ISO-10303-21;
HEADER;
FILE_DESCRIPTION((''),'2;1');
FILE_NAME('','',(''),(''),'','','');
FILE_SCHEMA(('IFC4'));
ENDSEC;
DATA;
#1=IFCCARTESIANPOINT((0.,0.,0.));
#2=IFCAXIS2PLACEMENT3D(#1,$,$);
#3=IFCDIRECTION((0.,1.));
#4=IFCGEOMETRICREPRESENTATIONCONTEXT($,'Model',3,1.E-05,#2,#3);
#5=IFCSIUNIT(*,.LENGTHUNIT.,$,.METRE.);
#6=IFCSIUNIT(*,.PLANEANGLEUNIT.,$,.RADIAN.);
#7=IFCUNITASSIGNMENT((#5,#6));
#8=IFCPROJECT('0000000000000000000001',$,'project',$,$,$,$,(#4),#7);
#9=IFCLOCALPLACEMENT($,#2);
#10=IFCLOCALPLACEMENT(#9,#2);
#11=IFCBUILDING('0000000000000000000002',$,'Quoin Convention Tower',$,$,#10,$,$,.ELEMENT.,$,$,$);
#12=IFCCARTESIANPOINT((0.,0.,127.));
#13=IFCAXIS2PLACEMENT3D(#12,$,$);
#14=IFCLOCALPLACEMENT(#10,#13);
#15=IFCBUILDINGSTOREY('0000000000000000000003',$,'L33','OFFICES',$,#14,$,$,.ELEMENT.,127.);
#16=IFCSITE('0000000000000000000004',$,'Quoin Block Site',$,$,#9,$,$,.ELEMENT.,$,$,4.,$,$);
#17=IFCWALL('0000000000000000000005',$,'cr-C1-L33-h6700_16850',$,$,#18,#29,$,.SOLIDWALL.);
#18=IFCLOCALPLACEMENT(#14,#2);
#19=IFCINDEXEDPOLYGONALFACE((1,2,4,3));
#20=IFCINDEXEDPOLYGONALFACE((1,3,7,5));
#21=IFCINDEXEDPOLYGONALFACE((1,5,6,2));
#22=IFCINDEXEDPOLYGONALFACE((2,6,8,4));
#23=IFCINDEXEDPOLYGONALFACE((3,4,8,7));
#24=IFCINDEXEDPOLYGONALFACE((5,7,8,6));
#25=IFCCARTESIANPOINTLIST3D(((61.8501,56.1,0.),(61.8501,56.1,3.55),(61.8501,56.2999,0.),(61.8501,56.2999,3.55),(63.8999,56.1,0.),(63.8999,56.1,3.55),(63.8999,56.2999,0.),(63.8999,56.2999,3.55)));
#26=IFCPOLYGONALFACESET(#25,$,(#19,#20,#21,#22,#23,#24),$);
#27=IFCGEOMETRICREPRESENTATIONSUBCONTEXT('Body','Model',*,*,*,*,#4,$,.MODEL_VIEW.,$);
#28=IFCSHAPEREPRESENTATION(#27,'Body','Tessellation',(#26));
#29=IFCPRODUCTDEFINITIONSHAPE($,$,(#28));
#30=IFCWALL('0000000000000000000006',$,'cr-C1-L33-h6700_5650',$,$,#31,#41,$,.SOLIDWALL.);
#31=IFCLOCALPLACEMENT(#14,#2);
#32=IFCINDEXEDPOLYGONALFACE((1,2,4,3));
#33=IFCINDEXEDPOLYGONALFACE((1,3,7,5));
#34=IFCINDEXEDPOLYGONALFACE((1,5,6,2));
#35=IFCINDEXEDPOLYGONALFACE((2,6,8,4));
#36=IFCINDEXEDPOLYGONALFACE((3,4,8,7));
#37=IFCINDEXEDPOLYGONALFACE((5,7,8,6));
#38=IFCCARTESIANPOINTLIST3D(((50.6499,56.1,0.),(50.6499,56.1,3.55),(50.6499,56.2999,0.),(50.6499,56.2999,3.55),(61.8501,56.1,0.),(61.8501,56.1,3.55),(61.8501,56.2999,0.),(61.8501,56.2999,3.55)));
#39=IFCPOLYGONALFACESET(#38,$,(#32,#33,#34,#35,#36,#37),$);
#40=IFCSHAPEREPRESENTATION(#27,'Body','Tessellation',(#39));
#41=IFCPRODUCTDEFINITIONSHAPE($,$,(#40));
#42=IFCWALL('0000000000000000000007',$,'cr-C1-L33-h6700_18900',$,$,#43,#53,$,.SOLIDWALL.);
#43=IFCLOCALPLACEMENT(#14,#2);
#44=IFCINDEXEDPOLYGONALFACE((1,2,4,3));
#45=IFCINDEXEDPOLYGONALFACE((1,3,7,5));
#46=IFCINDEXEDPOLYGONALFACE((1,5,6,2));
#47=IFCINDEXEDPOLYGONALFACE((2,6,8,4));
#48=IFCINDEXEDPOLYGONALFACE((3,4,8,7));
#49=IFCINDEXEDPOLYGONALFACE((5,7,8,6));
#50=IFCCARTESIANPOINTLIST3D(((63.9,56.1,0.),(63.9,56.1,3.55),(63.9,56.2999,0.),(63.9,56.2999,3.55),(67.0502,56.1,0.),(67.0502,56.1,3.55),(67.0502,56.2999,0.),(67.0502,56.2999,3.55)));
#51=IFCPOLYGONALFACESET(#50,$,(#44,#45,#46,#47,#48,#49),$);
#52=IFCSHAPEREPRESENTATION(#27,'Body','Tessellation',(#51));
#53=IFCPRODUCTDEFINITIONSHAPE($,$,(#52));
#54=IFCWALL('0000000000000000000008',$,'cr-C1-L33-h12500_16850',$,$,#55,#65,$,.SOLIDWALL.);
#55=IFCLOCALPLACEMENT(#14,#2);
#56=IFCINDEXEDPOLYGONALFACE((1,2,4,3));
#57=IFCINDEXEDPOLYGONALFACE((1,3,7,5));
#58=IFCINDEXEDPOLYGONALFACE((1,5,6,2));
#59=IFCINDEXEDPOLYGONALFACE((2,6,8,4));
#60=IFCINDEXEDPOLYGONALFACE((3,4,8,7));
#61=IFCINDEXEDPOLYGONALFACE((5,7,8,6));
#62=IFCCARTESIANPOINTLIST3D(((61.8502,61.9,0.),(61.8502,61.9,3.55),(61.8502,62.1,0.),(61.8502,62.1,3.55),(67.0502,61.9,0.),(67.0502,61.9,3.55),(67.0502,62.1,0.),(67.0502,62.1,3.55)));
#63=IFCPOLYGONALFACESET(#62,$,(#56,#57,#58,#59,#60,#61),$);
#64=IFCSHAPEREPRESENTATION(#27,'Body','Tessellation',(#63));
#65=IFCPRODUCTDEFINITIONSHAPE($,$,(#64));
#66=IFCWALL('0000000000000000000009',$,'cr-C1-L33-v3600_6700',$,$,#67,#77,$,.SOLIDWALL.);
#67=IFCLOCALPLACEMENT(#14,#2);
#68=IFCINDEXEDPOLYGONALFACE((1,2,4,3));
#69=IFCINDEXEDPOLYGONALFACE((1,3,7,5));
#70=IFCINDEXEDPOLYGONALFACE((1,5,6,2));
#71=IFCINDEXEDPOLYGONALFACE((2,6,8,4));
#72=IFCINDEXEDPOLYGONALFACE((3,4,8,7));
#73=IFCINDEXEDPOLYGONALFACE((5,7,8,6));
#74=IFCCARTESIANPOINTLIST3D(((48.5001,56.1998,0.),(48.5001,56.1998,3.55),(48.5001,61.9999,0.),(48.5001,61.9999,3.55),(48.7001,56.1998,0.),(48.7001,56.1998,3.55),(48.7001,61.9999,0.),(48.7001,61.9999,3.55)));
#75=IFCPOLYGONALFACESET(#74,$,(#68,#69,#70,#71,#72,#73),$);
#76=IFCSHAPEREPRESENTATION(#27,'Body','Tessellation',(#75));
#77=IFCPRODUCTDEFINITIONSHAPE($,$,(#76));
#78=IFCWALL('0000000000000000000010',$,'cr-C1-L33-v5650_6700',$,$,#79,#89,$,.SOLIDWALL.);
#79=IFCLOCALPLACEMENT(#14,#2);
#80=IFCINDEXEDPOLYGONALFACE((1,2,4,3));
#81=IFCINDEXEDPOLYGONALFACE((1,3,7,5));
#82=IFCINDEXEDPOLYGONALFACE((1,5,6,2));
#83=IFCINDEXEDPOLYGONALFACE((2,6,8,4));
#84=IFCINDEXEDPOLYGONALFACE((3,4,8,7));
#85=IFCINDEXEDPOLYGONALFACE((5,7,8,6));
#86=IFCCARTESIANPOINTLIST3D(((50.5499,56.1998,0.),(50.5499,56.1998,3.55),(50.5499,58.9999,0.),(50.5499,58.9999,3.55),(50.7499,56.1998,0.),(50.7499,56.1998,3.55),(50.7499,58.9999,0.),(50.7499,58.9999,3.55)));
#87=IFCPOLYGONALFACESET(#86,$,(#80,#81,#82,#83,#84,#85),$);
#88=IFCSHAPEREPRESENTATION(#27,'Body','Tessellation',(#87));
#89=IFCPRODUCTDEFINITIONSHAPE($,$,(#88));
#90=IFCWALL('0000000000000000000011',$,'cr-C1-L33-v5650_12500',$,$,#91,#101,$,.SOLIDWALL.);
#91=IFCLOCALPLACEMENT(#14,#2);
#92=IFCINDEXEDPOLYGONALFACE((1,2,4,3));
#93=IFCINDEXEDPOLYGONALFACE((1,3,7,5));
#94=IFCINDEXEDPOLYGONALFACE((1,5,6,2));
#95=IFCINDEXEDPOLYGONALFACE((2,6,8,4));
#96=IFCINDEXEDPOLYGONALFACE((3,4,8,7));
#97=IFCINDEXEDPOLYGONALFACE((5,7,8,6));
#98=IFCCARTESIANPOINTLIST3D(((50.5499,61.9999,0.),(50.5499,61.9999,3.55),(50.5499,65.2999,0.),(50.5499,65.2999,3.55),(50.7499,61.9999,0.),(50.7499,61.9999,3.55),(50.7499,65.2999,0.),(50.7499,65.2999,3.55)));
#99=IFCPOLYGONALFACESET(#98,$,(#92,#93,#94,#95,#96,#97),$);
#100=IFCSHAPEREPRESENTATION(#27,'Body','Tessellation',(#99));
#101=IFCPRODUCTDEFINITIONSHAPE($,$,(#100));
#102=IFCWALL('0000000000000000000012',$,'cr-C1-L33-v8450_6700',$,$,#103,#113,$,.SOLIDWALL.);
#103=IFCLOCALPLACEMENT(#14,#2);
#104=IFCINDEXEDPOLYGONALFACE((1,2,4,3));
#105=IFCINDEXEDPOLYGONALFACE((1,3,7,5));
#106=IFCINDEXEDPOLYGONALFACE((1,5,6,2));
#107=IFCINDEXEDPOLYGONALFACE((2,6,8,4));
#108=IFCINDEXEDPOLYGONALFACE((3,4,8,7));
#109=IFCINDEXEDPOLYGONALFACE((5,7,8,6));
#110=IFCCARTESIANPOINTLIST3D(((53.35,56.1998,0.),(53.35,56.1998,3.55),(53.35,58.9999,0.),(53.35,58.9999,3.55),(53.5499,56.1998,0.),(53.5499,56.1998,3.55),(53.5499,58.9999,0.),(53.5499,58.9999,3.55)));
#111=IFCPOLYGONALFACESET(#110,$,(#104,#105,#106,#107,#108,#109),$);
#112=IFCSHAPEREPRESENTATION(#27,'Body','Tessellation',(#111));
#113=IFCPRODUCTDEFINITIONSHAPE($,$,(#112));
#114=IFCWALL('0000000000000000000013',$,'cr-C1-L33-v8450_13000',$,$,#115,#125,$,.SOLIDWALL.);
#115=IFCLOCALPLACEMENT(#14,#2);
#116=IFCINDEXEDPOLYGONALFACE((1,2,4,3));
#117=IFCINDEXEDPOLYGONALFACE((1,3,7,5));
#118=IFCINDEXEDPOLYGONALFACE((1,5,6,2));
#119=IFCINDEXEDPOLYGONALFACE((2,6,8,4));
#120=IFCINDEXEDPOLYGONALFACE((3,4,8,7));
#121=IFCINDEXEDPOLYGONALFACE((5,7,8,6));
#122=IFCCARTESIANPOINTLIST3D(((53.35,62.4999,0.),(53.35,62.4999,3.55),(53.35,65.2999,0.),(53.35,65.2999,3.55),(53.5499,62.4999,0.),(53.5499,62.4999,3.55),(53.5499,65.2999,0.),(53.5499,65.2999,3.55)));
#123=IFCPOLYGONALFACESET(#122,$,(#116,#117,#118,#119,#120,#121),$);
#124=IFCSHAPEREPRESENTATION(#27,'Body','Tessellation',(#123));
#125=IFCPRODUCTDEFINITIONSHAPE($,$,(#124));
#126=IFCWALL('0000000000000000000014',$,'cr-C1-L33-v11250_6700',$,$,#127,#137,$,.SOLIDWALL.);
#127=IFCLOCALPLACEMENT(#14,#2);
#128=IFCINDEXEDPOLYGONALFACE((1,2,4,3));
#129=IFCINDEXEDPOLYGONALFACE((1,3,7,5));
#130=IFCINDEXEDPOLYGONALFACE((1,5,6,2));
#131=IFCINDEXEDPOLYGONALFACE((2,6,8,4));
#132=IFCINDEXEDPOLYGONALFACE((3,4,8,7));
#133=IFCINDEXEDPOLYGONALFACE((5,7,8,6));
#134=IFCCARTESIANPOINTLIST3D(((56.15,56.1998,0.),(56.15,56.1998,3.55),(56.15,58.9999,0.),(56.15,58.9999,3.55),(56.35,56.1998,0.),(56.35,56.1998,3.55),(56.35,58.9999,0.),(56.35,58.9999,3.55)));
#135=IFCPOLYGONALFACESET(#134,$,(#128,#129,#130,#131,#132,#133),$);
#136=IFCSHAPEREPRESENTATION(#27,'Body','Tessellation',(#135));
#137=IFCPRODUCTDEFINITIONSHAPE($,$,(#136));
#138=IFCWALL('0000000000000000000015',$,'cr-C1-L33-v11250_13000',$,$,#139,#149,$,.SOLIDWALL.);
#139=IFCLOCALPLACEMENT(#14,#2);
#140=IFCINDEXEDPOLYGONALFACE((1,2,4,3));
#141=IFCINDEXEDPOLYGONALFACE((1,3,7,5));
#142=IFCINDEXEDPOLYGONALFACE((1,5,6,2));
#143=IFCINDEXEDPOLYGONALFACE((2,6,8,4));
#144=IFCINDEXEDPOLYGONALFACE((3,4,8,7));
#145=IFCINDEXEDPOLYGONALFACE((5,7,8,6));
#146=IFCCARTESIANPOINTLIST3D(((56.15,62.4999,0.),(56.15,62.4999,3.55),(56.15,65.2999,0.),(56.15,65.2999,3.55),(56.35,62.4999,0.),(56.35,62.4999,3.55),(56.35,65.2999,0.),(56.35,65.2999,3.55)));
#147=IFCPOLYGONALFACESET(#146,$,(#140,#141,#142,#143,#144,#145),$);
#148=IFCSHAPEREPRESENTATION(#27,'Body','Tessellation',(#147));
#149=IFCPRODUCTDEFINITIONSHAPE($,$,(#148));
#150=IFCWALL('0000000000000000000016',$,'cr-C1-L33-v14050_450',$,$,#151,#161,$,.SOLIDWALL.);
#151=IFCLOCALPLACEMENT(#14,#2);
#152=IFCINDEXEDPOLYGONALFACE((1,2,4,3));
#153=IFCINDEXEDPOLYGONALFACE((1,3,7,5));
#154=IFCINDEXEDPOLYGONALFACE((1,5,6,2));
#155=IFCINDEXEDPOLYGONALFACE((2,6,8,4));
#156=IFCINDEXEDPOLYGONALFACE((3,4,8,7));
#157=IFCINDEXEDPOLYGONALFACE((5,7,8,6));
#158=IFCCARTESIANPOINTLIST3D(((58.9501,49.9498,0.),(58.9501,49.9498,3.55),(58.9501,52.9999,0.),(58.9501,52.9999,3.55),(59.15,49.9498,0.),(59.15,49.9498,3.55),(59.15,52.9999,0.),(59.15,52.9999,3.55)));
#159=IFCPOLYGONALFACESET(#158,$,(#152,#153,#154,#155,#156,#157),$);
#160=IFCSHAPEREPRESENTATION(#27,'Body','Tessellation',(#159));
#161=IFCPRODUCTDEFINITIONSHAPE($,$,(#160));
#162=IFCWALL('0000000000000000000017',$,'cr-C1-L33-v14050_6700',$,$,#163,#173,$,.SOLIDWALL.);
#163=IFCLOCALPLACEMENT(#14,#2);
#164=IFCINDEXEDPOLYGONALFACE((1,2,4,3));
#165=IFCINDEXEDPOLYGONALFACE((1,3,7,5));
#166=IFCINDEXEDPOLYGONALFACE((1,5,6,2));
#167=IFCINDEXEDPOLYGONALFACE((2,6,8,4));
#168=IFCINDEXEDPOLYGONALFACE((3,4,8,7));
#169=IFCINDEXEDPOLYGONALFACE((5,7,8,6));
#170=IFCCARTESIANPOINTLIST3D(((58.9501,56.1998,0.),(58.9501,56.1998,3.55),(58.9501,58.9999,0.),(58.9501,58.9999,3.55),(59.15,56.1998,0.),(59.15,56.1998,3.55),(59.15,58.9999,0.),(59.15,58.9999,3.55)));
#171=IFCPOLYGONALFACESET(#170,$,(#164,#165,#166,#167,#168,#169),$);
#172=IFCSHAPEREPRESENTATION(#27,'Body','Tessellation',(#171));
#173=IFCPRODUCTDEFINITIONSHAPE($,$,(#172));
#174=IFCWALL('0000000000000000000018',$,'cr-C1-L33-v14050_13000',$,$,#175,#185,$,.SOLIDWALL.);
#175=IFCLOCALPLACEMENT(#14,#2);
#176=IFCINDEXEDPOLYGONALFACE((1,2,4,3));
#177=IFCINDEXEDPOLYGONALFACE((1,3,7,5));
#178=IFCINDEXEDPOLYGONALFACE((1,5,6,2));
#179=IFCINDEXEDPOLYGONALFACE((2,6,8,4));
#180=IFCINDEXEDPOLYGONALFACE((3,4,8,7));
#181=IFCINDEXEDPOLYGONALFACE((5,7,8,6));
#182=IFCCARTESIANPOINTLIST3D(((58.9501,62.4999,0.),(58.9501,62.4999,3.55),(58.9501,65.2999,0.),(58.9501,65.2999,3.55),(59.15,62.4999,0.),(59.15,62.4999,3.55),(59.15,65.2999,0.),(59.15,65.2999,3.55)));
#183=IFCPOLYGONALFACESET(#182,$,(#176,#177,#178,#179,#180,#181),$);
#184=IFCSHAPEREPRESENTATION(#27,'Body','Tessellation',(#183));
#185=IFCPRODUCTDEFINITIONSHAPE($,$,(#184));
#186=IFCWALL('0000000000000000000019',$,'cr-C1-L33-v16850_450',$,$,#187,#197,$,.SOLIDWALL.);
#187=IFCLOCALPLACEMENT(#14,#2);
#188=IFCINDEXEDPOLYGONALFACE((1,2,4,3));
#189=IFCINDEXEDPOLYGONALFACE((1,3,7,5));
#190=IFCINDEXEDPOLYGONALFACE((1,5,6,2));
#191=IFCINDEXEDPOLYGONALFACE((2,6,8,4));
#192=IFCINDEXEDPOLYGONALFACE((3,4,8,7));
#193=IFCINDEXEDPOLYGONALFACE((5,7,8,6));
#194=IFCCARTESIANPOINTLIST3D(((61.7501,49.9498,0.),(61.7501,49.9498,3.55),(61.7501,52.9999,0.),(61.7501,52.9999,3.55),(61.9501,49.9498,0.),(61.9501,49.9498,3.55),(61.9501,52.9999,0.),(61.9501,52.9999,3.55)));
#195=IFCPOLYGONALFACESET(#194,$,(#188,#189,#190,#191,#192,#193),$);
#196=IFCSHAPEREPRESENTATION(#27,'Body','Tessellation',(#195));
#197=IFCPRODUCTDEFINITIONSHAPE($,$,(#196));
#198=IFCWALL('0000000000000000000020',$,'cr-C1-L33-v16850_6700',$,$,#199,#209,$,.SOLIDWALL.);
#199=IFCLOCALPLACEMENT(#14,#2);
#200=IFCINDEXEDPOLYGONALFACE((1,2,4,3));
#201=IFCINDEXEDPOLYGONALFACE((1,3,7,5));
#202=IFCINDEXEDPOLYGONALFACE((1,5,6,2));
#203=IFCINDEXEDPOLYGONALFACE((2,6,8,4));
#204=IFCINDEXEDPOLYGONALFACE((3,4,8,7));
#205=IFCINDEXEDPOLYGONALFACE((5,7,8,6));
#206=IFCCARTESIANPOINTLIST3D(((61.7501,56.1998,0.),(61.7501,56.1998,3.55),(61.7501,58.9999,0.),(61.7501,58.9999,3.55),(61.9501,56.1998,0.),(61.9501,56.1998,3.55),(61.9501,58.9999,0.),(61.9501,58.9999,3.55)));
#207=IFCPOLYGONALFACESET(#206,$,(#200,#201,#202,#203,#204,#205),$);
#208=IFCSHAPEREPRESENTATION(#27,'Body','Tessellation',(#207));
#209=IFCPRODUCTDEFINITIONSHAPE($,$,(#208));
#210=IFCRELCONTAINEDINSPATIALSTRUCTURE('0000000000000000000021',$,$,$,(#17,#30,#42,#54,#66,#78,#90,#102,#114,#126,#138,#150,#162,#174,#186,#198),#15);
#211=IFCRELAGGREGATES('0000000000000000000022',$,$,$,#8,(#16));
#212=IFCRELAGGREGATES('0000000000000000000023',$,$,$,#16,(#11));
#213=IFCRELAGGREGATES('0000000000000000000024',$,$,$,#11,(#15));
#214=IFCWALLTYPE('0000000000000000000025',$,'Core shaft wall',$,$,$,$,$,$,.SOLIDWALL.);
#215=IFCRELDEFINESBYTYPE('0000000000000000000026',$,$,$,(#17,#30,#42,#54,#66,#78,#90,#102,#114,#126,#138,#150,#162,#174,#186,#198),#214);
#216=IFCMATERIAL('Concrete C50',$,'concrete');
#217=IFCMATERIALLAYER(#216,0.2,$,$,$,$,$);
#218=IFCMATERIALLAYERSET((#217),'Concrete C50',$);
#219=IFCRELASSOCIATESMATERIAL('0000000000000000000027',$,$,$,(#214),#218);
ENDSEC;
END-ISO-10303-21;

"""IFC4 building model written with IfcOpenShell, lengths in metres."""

from ifc_helpers import new_model, si_unit, direction, frame, frame_2d, origin, place, context, subcontext, project, spatial, rectangle, extrude, material, layer, layer_set, type_object, element, save


model = new_model("IFC4")

# Units and contexts
model_context = context("Model", 3, precision=1e-05, world=origin(), true_north=direction((0.0, 1.0)))
body_context = subcontext(model_context, "Body", "Model", "MODEL_VIEW")
ifc_project = project(units=[si_unit("LENGTHUNIT", "METRE"), si_unit("PLANEANGLEUNIT", "RADIAN")], contexts=[model_context])

# Site, building, storey
site_placement = place(None, origin())
site = spatial("IfcSite", under=ifc_project, at=site_placement, Name="Quoin Block Site", CompositionType="ELEMENT", RefElevation=4.0)
building_placement = place(site_placement, origin())
building = spatial("IfcBuilding", under=site, at=building_placement, Name="Quoin Convention Tower", CompositionType="ELEMENT")
storey_placement = place(building_placement, frame((0.0, 0.0, 127.0)))
storey = spatial("IfcBuildingStorey", under=building, at=storey_placement, Name="L33", Description="OFFICES", CompositionType="ELEMENT", Elevation=127.0)

# Shared definitions
ifc_material_1 = material(Name="Concrete C50", Category="concrete")
ifc_layer_1 = layer(ifc_material_1, 0.2)
ifc_layer_set_1 = layer_set([ifc_layer_1], Name="Concrete C50")
wall_type_1 = type_object("IfcWallType", Name="Core shaft wall", PredefinedType="SOLIDWALL", material=ifc_layer_set_1)

# Walls
for number, where, z_axis, x_axis, name in (
    (1, (61.8501, 56.2, 0.0), (0.0, 0.0, 1.0), (1.0, 0.0, 0.0), "cr-C1-L33-h6700_16850"),
):
    element("IfcWall", number, at=place(storey_placement, frame(where, z_axis=z_axis, x_axis=x_axis)), inside=storey, type_object=wall_type_1, Name=name, PredefinedType="SOLIDWALL", context=body_context, shape_type="SweptSolid", body=[
        extrude(rectangle(XDim=2.0498, YDim=0.2, at=frame_2d((1.0249, 0.0))), origin(), (0.0, 0.0, 1.0), 3.55),
    ])
wall_1_placement = place(storey_placement, frame((50.6499, 56.2, 0.0), z_axis=(0.0, 0.0, 1.0), x_axis=(1.0, 0.0, 0.0)))
element("IfcWall", 2, at=wall_1_placement, inside=storey, type_object=wall_type_1, Name="cr-C1-L33-h6700_5650", PredefinedType="SOLIDWALL", context=body_context, shape_type="SweptSolid", body=[
    extrude(rectangle(XDim=11.2002, YDim=0.2, at=frame_2d((5.6001, 0.0))), origin(), (0.0, 0.0, 1.0), 3.55),
])
wall_2_placement = place(storey_placement, frame((63.8999, 56.2, 0.0), z_axis=(0.0, 0.0, 1.0), x_axis=(1.0, 0.0, 0.0)))
element("IfcWall", 3, at=wall_2_placement, inside=storey, type_object=wall_type_1, Name="cr-C1-L33-h6700_18900", PredefinedType="SOLIDWALL", context=body_context, shape_type="SweptSolid", body=[
    extrude(rectangle(XDim=3.1501, YDim=0.2, at=frame_2d((1.5752, 0.0))), origin(), (0.0, 0.0, 1.0), 3.55),
])
wall_3_placement = place(storey_placement, frame((61.8501, 62.0, 0.0), z_axis=(0.0, 0.0, 1.0), x_axis=(1.0, 0.0, 0.0)))
element("IfcWall", 4, at=wall_3_placement, inside=storey, type_object=wall_type_1, Name="cr-C1-L33-h12500_16850", PredefinedType="SOLIDWALL", context=body_context, shape_type="SweptSolid", body=[
    extrude(rectangle(XDim=5.2, YDim=0.2, at=frame_2d((2.6001, 0.0))), origin(), (0.0, 0.0, 1.0), 3.55),
])
wall_4_placement = place(storey_placement, frame((48.6001, 56.2, 0.0), z_axis=(0.0, 0.0, 1.0), x_axis=(0.0, 1.0, 0.0)))
element("IfcWall", 5, at=wall_4_placement, inside=storey, type_object=wall_type_1, Name="cr-C1-L33-v3600_6700", PredefinedType="SOLIDWALL", context=body_context, shape_type="SweptSolid", body=[
    extrude(rectangle(XDim=5.8, YDim=0.2, at=frame_2d((2.8999, 0.0))), origin(), (0.0, 0.0, 1.0), 3.55),
])
wall_5_placement = place(storey_placement, frame((50.6499, 56.2, 0.0), z_axis=(0.0, 0.0, 1.0), x_axis=(0.0, 1.0, 0.0)))
element("IfcWall", 6, at=wall_5_placement, inside=storey, type_object=wall_type_1, Name="cr-C1-L33-v5650_6700", PredefinedType="SOLIDWALL", context=body_context, shape_type="SweptSolid", body=[
    extrude(rectangle(XDim=2.8, YDim=0.2, at=frame_2d((1.3999, 0.0))), origin(), (0.0, 0.0, 1.0), 3.55),
])
wall_6_placement = place(storey_placement, frame((50.6499, 62.0, 0.0), z_axis=(0.0, 0.0, 1.0), x_axis=(0.0, 1.0, 0.0)))
element("IfcWall", 7, at=wall_6_placement, inside=storey, type_object=wall_type_1, Name="cr-C1-L33-v5650_12500", PredefinedType="SOLIDWALL", context=body_context, shape_type="SweptSolid", body=[
    extrude(rectangle(XDim=3.3, YDim=0.2, at=frame_2d((1.6499, 0.0))), origin(), (0.0, 0.0, 1.0), 3.55),
])
for number, where, z_axis, x_axis, name in (
    (8, (53.45, 56.2, 0.0), (0.0, 0.0, 1.0), (0.0, 1.0, 0.0), "cr-C1-L33-v8450_6700"),
    (9, (53.45, 62.5, 0.0), (0.0, 0.0, 1.0), (0.0, 1.0, 0.0), "cr-C1-L33-v8450_13000"),
    (10, (56.25, 56.2, 0.0), (0.0, 0.0, 1.0), (0.0, 1.0, 0.0), "cr-C1-L33-v11250_6700"),
    (11, (56.25, 62.5, 0.0), (0.0, 0.0, 1.0), (0.0, 1.0, 0.0), "cr-C1-L33-v11250_13000"),
):
    element("IfcWall", number, at=place(storey_placement, frame(where, z_axis=z_axis, x_axis=x_axis)), inside=storey, type_object=wall_type_1, Name=name, PredefinedType="SOLIDWALL", context=body_context, shape_type="SweptSolid", body=[
        extrude(rectangle(XDim=2.8, YDim=0.2, at=frame_2d((1.3999, 0.0))), origin(), (0.0, 0.0, 1.0), 3.55),
    ])
wall_7_placement = place(storey_placement, frame((59.05, 49.95, 0.0), z_axis=(0.0, 0.0, 1.0), x_axis=(0.0, 1.0, 0.0)))
element("IfcWall", 12, at=wall_7_placement, inside=storey, type_object=wall_type_1, Name="cr-C1-L33-v14050_450", PredefinedType="SOLIDWALL", context=body_context, shape_type="SweptSolid", body=[
    extrude(rectangle(XDim=3.05, YDim=0.2, at=frame_2d((1.5249, 0.0))), origin(), (0.0, 0.0, 1.0), 3.55),
])
for number, where, z_axis, x_axis, name in (
    (13, (59.05, 56.2, 0.0), (0.0, 0.0, 1.0), (0.0, 1.0, 0.0), "cr-C1-L33-v14050_6700"),
    (14, (59.05, 62.5, 0.0), (0.0, 0.0, 1.0), (0.0, 1.0, 0.0), "cr-C1-L33-v14050_13000"),
):
    element("IfcWall", number, at=place(storey_placement, frame(where, z_axis=z_axis, x_axis=x_axis)), inside=storey, type_object=wall_type_1, Name=name, PredefinedType="SOLIDWALL", context=body_context, shape_type="SweptSolid", body=[
        extrude(rectangle(XDim=2.8, YDim=0.2, at=frame_2d((1.3999, 0.0))), origin(), (0.0, 0.0, 1.0), 3.55),
    ])
wall_8_placement = place(storey_placement, frame((61.8501, 49.95, 0.0), z_axis=(0.0, 0.0, 1.0), x_axis=(0.0, 1.0, 0.0)))
element("IfcWall", 15, at=wall_8_placement, inside=storey, type_object=wall_type_1, Name="cr-C1-L33-v16850_450", PredefinedType="SOLIDWALL", context=body_context, shape_type="SweptSolid", body=[
    extrude(rectangle(XDim=3.05, YDim=0.2, at=frame_2d((1.5249, 0.0))), origin(), (0.0, 0.0, 1.0), 3.55),
])
wall_9_placement = place(storey_placement, frame((61.8501, 56.2, 0.0), z_axis=(0.0, 0.0, 1.0), x_axis=(0.0, 1.0, 0.0)))
element("IfcWall", 16, at=wall_9_placement, inside=storey, type_object=wall_type_1, Name="cr-C1-L33-v16850_6700", PredefinedType="SOLIDWALL", context=body_context, shape_type="SweptSolid", body=[
    extrude(rectangle(XDim=2.8, YDim=0.2, at=frame_2d((1.3999, 0.0))), origin(), (0.0, 0.0, 1.0), 3.55),
])

save(model, "model.ifc")
